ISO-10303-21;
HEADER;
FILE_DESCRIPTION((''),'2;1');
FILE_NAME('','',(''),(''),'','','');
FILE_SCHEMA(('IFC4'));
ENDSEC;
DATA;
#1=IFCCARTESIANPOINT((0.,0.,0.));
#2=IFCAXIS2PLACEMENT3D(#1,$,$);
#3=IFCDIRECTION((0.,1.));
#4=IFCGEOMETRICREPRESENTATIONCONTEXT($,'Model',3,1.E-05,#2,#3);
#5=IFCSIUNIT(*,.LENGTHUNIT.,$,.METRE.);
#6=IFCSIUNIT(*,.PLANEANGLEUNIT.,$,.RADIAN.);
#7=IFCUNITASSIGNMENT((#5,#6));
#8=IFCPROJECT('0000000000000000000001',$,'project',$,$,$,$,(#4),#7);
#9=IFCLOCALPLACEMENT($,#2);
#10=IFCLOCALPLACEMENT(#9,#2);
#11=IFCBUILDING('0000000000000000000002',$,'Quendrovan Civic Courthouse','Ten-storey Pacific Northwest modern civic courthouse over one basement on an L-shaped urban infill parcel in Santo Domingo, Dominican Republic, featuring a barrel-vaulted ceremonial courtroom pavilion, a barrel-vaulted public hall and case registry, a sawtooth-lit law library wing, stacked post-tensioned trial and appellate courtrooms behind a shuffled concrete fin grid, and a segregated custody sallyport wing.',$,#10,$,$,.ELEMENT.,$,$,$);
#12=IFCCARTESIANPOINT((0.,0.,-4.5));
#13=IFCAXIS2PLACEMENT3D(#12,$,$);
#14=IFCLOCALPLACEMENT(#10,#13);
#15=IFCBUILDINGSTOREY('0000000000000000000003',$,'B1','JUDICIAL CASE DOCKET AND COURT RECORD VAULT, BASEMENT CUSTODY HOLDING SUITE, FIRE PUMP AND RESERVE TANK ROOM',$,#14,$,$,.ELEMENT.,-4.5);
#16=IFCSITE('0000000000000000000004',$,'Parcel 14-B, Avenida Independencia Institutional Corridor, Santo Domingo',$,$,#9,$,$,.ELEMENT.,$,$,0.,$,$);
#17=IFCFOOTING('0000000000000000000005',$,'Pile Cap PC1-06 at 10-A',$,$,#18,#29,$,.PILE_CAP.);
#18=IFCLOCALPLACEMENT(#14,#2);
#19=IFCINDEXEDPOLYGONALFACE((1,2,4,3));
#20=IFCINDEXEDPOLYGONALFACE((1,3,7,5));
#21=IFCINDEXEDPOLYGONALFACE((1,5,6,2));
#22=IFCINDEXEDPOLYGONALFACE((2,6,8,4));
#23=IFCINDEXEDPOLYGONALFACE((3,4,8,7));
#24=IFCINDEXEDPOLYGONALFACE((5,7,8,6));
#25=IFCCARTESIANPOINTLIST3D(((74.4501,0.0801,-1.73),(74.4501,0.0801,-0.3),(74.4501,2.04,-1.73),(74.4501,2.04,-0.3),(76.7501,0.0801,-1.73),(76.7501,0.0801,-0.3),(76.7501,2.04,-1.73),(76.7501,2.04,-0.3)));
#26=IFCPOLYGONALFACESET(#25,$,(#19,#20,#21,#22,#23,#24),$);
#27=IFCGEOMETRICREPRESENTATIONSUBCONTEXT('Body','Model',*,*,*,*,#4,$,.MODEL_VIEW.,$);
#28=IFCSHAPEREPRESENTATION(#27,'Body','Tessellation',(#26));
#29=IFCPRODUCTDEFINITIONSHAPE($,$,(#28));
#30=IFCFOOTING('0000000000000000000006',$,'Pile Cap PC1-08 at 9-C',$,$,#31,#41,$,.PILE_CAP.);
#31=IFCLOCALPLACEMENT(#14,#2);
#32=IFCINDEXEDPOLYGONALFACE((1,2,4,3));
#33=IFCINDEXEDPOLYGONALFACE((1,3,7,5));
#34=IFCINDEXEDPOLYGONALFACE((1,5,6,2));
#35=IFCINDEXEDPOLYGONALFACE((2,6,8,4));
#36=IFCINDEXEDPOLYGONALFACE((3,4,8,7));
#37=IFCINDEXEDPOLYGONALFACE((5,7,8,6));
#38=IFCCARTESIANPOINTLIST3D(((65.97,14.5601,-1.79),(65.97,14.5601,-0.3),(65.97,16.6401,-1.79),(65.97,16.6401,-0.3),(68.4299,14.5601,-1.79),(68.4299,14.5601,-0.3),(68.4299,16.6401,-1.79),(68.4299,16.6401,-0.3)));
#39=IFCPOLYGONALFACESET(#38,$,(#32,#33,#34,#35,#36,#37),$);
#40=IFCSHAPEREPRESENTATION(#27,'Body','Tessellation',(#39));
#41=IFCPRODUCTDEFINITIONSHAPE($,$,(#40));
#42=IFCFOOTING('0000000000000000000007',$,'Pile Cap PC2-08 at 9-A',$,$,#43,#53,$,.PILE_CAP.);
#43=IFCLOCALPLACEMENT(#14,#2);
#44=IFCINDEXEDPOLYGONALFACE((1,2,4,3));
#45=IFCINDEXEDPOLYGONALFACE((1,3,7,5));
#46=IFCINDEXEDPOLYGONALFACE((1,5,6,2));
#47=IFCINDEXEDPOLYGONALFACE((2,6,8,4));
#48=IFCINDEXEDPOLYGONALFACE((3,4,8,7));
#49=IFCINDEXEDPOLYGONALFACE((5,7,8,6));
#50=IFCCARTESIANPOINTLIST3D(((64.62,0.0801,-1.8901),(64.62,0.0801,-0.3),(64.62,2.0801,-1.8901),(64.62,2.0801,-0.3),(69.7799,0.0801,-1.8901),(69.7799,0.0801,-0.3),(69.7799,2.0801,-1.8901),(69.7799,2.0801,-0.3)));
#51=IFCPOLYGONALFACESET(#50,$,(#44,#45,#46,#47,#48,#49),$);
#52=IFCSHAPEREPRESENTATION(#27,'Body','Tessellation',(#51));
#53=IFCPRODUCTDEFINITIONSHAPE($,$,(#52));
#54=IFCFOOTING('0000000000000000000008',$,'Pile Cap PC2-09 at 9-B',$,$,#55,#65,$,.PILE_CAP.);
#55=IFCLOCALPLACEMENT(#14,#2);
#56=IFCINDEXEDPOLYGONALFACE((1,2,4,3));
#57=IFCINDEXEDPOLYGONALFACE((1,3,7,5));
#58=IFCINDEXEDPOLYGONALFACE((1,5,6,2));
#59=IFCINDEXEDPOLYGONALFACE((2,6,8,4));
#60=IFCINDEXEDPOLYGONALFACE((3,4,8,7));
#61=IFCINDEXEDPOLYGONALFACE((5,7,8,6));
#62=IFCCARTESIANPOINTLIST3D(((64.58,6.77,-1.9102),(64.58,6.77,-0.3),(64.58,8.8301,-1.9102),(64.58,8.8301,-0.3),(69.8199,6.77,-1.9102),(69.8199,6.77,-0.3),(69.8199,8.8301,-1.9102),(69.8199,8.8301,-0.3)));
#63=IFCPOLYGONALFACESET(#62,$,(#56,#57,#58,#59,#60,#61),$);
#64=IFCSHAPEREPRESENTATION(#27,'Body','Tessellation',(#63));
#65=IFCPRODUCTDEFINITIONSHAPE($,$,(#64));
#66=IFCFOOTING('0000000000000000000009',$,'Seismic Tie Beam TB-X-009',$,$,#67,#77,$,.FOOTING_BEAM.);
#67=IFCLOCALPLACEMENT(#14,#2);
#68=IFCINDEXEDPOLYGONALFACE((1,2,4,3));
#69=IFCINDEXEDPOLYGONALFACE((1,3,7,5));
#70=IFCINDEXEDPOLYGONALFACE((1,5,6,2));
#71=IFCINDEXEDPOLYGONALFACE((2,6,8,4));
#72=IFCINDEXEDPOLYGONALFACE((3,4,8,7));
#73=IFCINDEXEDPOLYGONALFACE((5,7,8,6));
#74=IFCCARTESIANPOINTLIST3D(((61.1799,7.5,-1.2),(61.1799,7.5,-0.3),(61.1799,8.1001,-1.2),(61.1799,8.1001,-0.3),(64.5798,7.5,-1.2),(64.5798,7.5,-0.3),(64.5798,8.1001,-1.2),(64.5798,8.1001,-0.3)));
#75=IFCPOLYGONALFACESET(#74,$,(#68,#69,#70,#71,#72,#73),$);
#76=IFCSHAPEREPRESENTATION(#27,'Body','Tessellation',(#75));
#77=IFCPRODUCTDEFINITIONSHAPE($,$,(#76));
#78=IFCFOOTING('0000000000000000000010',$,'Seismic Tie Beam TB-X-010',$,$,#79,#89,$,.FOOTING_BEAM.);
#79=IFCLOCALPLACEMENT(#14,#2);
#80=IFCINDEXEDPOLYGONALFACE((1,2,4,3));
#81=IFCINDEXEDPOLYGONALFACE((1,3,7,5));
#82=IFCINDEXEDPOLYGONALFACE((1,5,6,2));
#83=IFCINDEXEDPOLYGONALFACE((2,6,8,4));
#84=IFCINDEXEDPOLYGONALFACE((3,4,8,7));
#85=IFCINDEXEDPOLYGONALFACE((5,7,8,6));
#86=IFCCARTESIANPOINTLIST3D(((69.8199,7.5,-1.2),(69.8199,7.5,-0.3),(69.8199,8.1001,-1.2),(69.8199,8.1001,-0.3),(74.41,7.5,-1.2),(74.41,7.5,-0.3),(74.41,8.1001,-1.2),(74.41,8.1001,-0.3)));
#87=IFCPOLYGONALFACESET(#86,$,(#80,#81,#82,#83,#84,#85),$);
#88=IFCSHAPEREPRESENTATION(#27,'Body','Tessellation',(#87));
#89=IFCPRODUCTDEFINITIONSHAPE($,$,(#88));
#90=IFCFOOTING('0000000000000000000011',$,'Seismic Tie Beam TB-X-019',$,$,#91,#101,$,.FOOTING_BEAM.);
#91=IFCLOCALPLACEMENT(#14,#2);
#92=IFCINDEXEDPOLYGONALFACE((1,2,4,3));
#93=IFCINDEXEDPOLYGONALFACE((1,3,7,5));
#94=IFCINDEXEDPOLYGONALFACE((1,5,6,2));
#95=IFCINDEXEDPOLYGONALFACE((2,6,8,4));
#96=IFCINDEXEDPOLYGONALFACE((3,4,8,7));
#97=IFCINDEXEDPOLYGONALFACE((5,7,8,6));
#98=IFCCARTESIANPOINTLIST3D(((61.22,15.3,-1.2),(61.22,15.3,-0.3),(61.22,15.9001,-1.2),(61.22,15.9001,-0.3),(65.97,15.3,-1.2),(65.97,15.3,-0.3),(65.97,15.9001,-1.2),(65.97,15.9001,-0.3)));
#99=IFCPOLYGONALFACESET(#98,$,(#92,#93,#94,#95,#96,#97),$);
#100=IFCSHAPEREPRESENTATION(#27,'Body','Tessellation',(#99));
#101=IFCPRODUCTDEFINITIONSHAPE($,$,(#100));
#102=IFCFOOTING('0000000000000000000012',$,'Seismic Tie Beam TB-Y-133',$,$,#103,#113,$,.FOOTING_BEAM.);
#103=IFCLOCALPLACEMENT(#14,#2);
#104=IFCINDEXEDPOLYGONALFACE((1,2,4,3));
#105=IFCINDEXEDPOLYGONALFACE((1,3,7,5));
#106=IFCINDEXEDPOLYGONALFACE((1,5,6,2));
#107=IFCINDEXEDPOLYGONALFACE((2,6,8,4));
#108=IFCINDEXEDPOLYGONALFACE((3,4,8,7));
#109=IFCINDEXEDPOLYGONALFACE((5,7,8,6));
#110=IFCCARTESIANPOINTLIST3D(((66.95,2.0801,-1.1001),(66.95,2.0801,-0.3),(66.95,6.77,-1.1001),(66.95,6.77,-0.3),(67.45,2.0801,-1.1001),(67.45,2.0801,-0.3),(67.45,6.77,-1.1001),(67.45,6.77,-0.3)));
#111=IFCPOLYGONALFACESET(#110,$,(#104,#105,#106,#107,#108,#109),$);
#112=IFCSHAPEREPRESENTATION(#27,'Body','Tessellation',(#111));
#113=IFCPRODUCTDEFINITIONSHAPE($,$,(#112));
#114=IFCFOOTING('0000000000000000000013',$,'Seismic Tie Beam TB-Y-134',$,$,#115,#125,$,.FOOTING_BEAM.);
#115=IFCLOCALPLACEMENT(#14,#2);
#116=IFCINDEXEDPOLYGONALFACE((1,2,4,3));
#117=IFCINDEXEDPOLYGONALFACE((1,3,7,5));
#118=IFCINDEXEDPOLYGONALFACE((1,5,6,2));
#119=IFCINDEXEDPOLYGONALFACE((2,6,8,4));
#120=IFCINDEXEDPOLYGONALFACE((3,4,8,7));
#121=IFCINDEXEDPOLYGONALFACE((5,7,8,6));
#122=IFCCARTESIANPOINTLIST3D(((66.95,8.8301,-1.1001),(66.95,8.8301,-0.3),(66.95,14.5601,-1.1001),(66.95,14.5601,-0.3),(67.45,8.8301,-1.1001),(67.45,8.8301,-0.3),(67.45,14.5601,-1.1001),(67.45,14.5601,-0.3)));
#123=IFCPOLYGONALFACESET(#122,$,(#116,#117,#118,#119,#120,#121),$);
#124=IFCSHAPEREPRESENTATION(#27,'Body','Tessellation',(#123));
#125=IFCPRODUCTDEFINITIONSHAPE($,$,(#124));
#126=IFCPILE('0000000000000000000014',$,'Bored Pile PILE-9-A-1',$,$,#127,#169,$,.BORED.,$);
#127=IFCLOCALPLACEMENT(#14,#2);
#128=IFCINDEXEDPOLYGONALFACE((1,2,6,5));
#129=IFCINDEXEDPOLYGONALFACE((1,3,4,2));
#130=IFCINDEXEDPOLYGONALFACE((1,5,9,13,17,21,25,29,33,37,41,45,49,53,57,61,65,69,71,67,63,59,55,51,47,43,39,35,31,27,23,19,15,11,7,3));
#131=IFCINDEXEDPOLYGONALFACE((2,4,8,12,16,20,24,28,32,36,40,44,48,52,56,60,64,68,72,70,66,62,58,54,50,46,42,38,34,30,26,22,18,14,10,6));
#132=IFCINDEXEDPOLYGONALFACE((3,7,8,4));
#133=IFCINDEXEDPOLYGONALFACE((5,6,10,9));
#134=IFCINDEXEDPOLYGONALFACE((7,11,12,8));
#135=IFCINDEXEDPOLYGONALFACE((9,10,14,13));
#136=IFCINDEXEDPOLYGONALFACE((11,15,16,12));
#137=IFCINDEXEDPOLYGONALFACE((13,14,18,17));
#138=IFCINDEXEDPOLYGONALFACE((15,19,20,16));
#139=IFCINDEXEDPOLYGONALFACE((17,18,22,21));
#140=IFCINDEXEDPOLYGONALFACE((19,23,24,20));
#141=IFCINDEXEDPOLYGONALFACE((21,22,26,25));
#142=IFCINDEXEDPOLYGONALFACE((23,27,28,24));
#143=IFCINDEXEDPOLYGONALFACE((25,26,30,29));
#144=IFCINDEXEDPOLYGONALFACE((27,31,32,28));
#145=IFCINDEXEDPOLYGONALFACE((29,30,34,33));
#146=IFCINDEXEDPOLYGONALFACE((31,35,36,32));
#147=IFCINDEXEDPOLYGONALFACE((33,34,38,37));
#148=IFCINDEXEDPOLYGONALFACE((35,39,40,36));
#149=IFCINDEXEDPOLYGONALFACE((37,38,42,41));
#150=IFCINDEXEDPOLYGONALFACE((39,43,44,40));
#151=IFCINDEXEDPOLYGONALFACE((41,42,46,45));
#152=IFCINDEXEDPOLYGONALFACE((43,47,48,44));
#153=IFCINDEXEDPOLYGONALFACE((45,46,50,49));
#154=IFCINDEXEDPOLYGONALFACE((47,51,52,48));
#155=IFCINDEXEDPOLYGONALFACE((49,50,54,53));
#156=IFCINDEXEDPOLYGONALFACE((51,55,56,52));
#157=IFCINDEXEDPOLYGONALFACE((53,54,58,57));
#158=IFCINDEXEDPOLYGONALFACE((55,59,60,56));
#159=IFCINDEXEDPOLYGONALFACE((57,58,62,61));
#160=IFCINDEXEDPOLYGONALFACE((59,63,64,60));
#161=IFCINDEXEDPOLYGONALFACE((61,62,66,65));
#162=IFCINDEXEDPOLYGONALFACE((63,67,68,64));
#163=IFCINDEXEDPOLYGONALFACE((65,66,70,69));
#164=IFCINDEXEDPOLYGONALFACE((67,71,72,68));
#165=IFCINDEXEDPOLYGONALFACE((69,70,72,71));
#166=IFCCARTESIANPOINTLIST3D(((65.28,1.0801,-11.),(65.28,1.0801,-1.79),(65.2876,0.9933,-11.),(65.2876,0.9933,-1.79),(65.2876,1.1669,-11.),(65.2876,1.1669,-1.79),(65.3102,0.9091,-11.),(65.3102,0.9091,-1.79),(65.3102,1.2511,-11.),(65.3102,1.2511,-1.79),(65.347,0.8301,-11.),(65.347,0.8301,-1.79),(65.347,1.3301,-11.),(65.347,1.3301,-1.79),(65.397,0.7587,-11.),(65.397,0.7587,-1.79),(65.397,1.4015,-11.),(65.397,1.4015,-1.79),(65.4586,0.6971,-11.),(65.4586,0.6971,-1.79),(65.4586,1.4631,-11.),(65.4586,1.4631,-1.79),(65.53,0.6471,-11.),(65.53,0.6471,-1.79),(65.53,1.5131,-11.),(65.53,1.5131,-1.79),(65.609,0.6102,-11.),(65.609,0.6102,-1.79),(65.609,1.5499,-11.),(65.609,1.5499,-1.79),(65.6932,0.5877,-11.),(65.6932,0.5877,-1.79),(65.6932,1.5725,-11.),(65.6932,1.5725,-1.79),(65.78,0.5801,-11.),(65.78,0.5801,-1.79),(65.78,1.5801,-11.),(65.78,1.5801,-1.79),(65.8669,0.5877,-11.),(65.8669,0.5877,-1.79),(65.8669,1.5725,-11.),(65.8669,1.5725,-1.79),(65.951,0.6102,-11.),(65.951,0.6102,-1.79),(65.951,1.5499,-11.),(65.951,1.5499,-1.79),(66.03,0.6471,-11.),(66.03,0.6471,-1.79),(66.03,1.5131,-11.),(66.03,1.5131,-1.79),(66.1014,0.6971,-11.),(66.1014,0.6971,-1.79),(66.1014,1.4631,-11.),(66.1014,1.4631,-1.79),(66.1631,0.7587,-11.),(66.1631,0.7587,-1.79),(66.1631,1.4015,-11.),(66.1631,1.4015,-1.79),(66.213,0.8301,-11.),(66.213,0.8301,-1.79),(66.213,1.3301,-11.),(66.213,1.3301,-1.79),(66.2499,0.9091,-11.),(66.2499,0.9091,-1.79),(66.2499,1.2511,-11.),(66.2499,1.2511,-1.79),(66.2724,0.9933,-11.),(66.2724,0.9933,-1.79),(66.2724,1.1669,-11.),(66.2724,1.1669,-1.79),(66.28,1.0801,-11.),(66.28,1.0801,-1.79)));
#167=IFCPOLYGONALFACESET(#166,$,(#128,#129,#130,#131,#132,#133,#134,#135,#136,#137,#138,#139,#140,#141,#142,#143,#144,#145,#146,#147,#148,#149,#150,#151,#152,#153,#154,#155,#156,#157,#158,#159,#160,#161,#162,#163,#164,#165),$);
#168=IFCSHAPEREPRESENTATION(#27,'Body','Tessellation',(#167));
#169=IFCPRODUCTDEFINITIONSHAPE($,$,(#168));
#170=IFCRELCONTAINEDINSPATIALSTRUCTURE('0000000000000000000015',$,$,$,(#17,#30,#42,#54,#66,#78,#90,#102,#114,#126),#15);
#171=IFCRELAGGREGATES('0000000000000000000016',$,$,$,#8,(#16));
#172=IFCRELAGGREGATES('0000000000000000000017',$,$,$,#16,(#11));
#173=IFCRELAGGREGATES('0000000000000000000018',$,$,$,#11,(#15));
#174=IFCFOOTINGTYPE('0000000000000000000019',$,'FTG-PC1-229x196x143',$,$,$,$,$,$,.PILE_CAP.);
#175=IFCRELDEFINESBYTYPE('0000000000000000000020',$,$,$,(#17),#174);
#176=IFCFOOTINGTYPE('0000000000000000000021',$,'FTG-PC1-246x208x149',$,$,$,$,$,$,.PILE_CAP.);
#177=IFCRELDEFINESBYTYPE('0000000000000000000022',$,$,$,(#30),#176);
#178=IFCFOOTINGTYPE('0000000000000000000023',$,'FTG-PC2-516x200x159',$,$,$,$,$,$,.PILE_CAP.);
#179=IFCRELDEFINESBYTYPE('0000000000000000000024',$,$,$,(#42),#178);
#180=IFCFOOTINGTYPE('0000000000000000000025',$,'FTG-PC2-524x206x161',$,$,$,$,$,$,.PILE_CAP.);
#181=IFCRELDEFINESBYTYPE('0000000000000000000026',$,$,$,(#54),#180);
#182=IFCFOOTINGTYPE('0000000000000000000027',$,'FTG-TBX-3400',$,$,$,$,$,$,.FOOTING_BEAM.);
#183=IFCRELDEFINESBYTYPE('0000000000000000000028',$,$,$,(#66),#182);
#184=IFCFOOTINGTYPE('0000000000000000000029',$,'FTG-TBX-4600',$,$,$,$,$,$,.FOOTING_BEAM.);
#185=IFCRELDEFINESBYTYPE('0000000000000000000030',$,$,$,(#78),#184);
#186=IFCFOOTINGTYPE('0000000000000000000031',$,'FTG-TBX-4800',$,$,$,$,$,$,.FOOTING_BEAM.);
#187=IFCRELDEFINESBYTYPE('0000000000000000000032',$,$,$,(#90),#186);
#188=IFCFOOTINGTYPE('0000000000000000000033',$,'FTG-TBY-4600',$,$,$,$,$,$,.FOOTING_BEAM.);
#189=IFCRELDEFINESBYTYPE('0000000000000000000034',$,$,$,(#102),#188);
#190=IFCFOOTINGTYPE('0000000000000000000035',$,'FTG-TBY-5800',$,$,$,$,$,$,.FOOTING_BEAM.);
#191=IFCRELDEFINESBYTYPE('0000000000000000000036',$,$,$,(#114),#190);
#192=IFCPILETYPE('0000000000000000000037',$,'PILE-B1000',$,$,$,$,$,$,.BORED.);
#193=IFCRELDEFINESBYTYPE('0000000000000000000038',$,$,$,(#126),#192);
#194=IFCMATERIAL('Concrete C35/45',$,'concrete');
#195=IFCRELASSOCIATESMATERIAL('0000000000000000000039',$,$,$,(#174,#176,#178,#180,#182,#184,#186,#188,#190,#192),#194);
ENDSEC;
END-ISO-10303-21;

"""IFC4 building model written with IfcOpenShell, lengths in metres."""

from ifc_helpers import new_model, si_unit, direction, frame, origin, origin_2d, place, context, subcontext, project, spatial, rectangle, circle, extrude, material, material_profile, profile_set, type_object, element, save


model = new_model("IFC4")

# Units and contexts
model_context = context("Model", 3, precision=1e-05, world=origin(), true_north=direction((0.0, 1.0)))
body_context = subcontext(model_context, "Body", "Model", "MODEL_VIEW")
ifc_project = project(units=[si_unit("LENGTHUNIT", "METRE"), si_unit("PLANEANGLEUNIT", "RADIAN")], contexts=[model_context])

# Site, building, storey
site_placement = place(None, origin())
site = spatial("IfcSite", under=ifc_project, at=site_placement, Name="Parcel 14-B, Avenida Independencia Institutional Corridor, Santo Domingo", CompositionType="ELEMENT", RefElevation=0.0)
building_placement = place(site_placement, origin())
building = spatial("IfcBuilding", under=site, at=building_placement, Name="Quendrovan Civic Courthouse", Description="Ten-storey Pacific Northwest modern civic courthouse over one basement on an L-shaped urban infill parcel in Santo Domingo, Dominican Republic, featuring a barrel-vaulted ceremonial courtroom pavilion, a barrel-vaulted public hall and case registry, a sawtooth-lit law library wing, stacked post-tensioned trial and appellate courtrooms behind a shuffled concrete fin grid, and a segregated custody sallyport wing.", CompositionType="ELEMENT")
storey_placement = place(building_placement, frame((0.0, 0.0, -4.5)))
storey = spatial("IfcBuildingStorey", under=building, at=storey_placement, Name="B1", Description="JUDICIAL CASE DOCKET AND COURT RECORD VAULT, BASEMENT CUSTODY HOLDING SUITE, FIRE PUMP AND RESERVE TANK ROOM", CompositionType="ELEMENT", Elevation=-4.5)

# Footings
ifc_material_1 = material(Name="Concrete C35/45", Category="concrete")
footing_type_1 = type_object("IfcFootingType", Name="FTG-PC1-229x196x143", PredefinedType="PILE_CAP", material=ifc_material_1)
footing_1_placement = place(storey_placement, frame((75.6001, 1.0601, -1.73), z_axis=(0.0, 0.0, 1.0), x_axis=(1.0, 0.0, 0.0)))
element("IfcFooting", 1, at=footing_1_placement, inside=storey, type_object=footing_type_1, Name="Pile Cap PC1-06 at 10-A", PredefinedType="PILE_CAP", context=body_context, shape_type="SweptSolid", body=[
    extrude(rectangle(XDim=2.3, YDim=1.96, at=origin_2d()), origin(), (0.0, 0.0, 1.0), 1.4299),
])
footing_type_2 = type_object("IfcFootingType", Name="FTG-PC1-246x208x149", PredefinedType="PILE_CAP", material=ifc_material_1)
footing_2_placement = place(storey_placement, frame((67.2, 15.6001, -1.79), z_axis=(0.0, 0.0, 1.0), x_axis=(1.0, 0.0, 0.0)))
element("IfcFooting", 2, at=footing_2_placement, inside=storey, type_object=footing_type_2, Name="Pile Cap PC1-08 at 9-C", PredefinedType="PILE_CAP", context=body_context, shape_type="SweptSolid", body=[
    extrude(rectangle(XDim=2.46, YDim=2.0801, at=origin_2d()), origin(), (0.0, 0.0, 1.0), 1.49),
])
footing_type_3 = type_object("IfcFootingType", Name="FTG-PC2-516x200x159", PredefinedType="PILE_CAP", material=ifc_material_1)
footing_3_placement = place(storey_placement, frame((67.2, 1.0801, -1.8901), z_axis=(0.0, 0.0, 1.0), x_axis=(1.0, 0.0, 0.0)))
element("IfcFooting", 3, at=footing_3_placement, inside=storey, type_object=footing_type_3, Name="Pile Cap PC2-08 at 9-A", PredefinedType="PILE_CAP", context=body_context, shape_type="SweptSolid", body=[
    extrude(rectangle(XDim=5.1599, YDim=2.0, at=origin_2d()), origin(), (0.0, 0.0, 1.0), 1.5901),
])
footing_type_4 = type_object("IfcFootingType", Name="FTG-PC2-524x206x161", PredefinedType="PILE_CAP", material=ifc_material_1)
footing_4_placement = place(storey_placement, frame((67.2, 7.8, -1.9102), z_axis=(0.0, 0.0, 1.0), x_axis=(1.0, 0.0, 0.0)))
element("IfcFooting", 4, at=footing_4_placement, inside=storey, type_object=footing_type_4, Name="Pile Cap PC2-09 at 9-B", PredefinedType="PILE_CAP", context=body_context, shape_type="SweptSolid", body=[
    extrude(rectangle(XDim=5.24, YDim=2.0601, at=origin_2d()), origin(), (0.0, 0.0, 1.0), 1.6101),
])
footing_type_5 = type_object("IfcFootingType", Name="FTG-TBX-3400", PredefinedType="FOOTING_BEAM", material=ifc_material_1)
footing_5_placement = place(storey_placement, frame((62.8799, 7.8, -1.2), z_axis=(0.0, 0.0, 1.0), x_axis=(1.0, 0.0, 0.0)))
element("IfcFooting", 5, at=footing_5_placement, inside=storey, type_object=footing_type_5, Name="Seismic Tie Beam TB-X-009", PredefinedType="FOOTING_BEAM", context=body_context, shape_type="SweptSolid", body=[
    extrude(rectangle(XDim=3.3999, YDim=0.6001, at=origin_2d()), origin(), (0.0, 0.0, 1.0), 0.8999),
])
footing_type_6 = type_object("IfcFootingType", Name="FTG-TBX-4600", PredefinedType="FOOTING_BEAM", material=ifc_material_1)
footing_6_placement = place(storey_placement, frame((72.115, 7.8, -1.2), z_axis=(0.0, 0.0, 1.0), x_axis=(1.0, 0.0, 0.0)))
element("IfcFooting", 6, at=footing_6_placement, inside=storey, type_object=footing_type_6, Name="Seismic Tie Beam TB-X-010", PredefinedType="FOOTING_BEAM", context=body_context, shape_type="SweptSolid", body=[
    extrude(rectangle(XDim=4.5901, YDim=0.6001, at=origin_2d()), origin(), (0.0, 0.0, 1.0), 0.8999),
])
footing_type_7 = type_object("IfcFootingType", Name="FTG-TBX-4800", PredefinedType="FOOTING_BEAM", material=ifc_material_1)
footing_7_placement = place(storey_placement, frame((63.595, 15.6001, -1.2), z_axis=(0.0, 0.0, 1.0), x_axis=(1.0, 0.0, 0.0)))
element("IfcFooting", 7, at=footing_7_placement, inside=storey, type_object=footing_type_7, Name="Seismic Tie Beam TB-X-019", PredefinedType="FOOTING_BEAM", context=body_context, shape_type="SweptSolid", body=[
    extrude(rectangle(XDim=4.75, YDim=0.6001, at=origin_2d()), origin(), (0.0, 0.0, 1.0), 0.8999),
])
footing_type_8 = type_object("IfcFootingType", Name="FTG-TBY-4600", PredefinedType="FOOTING_BEAM", material=ifc_material_1)
footing_8_placement = place(storey_placement, frame((67.2, 4.425, -1.1001), z_axis=(0.0, 0.0, 1.0), x_axis=(1.0, 0.0, 0.0)))
element("IfcFooting", 8, at=footing_8_placement, inside=storey, type_object=footing_type_8, Name="Seismic Tie Beam TB-Y-133", PredefinedType="FOOTING_BEAM", context=body_context, shape_type="SweptSolid", body=[
    extrude(rectangle(XDim=0.5, YDim=4.6899, at=origin_2d()), origin(), (0.0, 0.0, 1.0), 0.8),
])
footing_type_9 = type_object("IfcFootingType", Name="FTG-TBY-5800", PredefinedType="FOOTING_BEAM", material=ifc_material_1)
footing_9_placement = place(storey_placement, frame((67.2, 11.6951, -1.1001), z_axis=(0.0, 0.0, 1.0), x_axis=(1.0, 0.0, 0.0)))
element("IfcFooting", 9, at=footing_9_placement, inside=storey, type_object=footing_type_9, Name="Seismic Tie Beam TB-Y-134", PredefinedType="FOOTING_BEAM", context=body_context, shape_type="SweptSolid", body=[
    extrude(rectangle(XDim=0.5, YDim=5.73, at=origin_2d()), origin(), (0.0, 0.0, 1.0), 0.8),
])

# Pile
ifc_material_profile_1 = material_profile(ifc_material_1, circle(Radius=0.5, at=origin_2d()), Name="PILE-D1000")
ifc_profile_set_1 = profile_set([ifc_material_profile_1], Name="Concrete C35/45")
pile_type = type_object("IfcPileType", Name="PILE-B1000", PredefinedType="BORED", material=ifc_profile_set_1)
for number, where, z_axis, x_axis, name in (
    (10, (65.78, 1.0801, -1.79), (0.0, 0.0, -1.0), (1.0, 0.0, 0.0), "Bored Pile PILE-9-A-1"),
):
    element("IfcPile", number, at=place(storey_placement, frame(where, z_axis=z_axis, x_axis=x_axis)), inside=storey, type_object=pile_type, Name=name, PredefinedType="BORED", context=body_context, shape_type="SweptSolid", body=[
        extrude(circle(Radius=0.5, at=origin_2d()), origin(), (0.0, 0.0, 1.0), 9.21),
    ])

save(model, "model.ifc")
